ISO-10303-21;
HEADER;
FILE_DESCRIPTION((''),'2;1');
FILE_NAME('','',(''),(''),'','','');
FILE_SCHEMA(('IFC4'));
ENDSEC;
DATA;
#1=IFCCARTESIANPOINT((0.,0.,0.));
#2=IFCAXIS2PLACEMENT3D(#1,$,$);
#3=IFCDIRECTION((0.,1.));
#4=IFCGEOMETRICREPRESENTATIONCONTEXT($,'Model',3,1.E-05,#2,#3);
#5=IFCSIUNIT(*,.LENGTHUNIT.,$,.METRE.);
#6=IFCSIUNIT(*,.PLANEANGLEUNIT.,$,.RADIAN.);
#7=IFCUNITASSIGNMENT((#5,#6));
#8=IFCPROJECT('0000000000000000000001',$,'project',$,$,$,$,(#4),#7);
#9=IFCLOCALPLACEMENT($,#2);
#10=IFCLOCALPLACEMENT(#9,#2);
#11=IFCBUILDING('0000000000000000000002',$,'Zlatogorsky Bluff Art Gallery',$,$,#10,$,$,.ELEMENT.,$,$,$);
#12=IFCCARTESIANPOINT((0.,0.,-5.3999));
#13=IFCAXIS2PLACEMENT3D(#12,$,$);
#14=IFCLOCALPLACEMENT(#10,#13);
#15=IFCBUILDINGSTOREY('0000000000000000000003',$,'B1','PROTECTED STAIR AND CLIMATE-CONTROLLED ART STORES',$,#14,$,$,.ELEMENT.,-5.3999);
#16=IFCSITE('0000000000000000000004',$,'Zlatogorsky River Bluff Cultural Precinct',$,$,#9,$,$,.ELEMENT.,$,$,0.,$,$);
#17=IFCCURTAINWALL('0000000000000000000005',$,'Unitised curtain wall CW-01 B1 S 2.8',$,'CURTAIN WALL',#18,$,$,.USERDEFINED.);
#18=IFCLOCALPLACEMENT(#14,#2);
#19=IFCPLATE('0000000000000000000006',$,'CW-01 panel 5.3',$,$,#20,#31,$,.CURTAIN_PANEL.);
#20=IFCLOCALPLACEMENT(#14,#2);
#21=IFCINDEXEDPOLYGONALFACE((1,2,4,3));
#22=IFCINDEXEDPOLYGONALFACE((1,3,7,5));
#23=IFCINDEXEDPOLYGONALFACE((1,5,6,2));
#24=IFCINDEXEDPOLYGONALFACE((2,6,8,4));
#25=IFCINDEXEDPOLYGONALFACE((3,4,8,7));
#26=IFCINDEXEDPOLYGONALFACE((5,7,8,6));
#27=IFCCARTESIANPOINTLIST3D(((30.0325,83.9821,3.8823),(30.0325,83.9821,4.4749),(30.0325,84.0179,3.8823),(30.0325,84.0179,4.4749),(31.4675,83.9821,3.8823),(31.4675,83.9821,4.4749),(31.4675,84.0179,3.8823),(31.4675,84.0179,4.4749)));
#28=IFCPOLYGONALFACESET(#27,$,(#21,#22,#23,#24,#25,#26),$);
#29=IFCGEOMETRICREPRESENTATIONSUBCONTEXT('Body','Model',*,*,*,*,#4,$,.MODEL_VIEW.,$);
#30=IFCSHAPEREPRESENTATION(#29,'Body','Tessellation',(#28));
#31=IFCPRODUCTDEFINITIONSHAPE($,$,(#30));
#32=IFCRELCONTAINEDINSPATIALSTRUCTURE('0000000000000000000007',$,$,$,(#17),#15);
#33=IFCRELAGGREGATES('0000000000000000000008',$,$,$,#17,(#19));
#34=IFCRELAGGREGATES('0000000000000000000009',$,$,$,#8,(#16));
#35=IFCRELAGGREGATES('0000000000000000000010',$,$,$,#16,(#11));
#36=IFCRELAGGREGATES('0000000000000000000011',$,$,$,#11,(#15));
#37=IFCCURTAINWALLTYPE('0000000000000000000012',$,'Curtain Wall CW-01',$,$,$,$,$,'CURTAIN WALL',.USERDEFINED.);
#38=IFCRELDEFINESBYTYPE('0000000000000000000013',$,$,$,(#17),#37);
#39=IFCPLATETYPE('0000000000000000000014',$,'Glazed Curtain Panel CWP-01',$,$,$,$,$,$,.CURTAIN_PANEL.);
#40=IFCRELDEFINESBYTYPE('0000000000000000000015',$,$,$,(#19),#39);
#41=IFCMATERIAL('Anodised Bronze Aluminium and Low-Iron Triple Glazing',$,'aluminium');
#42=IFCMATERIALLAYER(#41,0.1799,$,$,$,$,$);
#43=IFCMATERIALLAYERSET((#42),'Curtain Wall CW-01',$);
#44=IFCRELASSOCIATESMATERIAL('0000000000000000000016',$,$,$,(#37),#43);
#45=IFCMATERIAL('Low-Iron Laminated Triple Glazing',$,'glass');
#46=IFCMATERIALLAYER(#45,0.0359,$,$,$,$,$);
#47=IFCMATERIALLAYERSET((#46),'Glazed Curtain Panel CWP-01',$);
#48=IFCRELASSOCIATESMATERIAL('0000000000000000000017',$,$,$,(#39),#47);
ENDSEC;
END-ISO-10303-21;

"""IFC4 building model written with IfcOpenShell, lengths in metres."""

from ifc_helpers import new_model, si_unit, direction, frame, origin, origin_2d, place, context, subcontext, project, spatial, rectangle, extrude, material, layer, layer_set, type_object, element, aggregate, save


model = new_model("IFC4")

# Units and contexts
model_context = context("Model", 3, precision=1e-05, world=origin(), true_north=direction((0.0, 1.0)))
body_context = subcontext(model_context, "Body", "Model", "MODEL_VIEW")
ifc_project = project(units=[si_unit("LENGTHUNIT", "METRE"), si_unit("PLANEANGLEUNIT", "RADIAN")], contexts=[model_context])

# Site, building, storey
site_placement = place(None, origin())
site = spatial("IfcSite", under=ifc_project, at=site_placement, Name="Zlatogorsky River Bluff Cultural Precinct", CompositionType="ELEMENT", RefElevation=0.0)
building_placement = place(site_placement, origin())
building = spatial("IfcBuilding", under=site, at=building_placement, Name="Zlatogorsky Bluff Art Gallery", CompositionType="ELEMENT")
storey_placement = place(building_placement, frame((0.0, 0.0, -5.3999)))
storey = spatial("IfcBuildingStorey", under=building, at=storey_placement, Name="B1", Description="PROTECTED STAIR AND CLIMATE-CONTROLLED ART STORES", CompositionType="ELEMENT", Elevation=-5.3999)

# Curtain wall, plate
ifc_material_1 = material(Name="Anodised Bronze Aluminium and Low-Iron Triple Glazing", Category="aluminium")
ifc_layer_1 = layer(ifc_material_1, 0.1799)
ifc_layer_set_1 = layer_set([ifc_layer_1], Name="Curtain Wall CW-01")
curtain_wall_type = type_object("IfcCurtainWallType", Name="Curtain Wall CW-01", ElementType="CURTAIN WALL", PredefinedType="USERDEFINED", material=ifc_layer_set_1)
curtain_wall_placement = place(storey_placement, origin())
curtain_wall = element("IfcCurtainWall", 1, at=curtain_wall_placement, inside=storey, type_object=curtain_wall_type, Name="Unitised curtain wall CW-01 B1 S 2.8", ObjectType="CURTAIN WALL", PredefinedType="USERDEFINED")
ifc_material_2 = material(Name="Low-Iron Laminated Triple Glazing", Category="glass")
ifc_layer_2 = layer(ifc_material_2, 0.0359)
ifc_layer_set_2 = layer_set([ifc_layer_2], Name="Glazed Curtain Panel CWP-01")
plate_type = type_object("IfcPlateType", Name="Glazed Curtain Panel CWP-01", PredefinedType="CURTAIN_PANEL", material=ifc_layer_set_2)
plate_1_placement = place(storey_placement, frame((30.75, 84.0, 3.8823), z_axis=(0.0, 0.0, 1.0), x_axis=(1.0, 0.0, 0.0)))
plate_1 = element("IfcPlate", 2, at=plate_1_placement, type_object=plate_type, Name="CW-01 panel 5.3", PredefinedType="CURTAIN_PANEL", context=body_context, shape_type="SweptSolid", body=[
    extrude(rectangle(XDim=1.4351, YDim=0.0359, at=origin_2d()), origin(), (0.0, 0.0, 1.0), 0.5925),
])
aggregate(curtain_wall, [plate_1])

save(model, "model.ifc")
